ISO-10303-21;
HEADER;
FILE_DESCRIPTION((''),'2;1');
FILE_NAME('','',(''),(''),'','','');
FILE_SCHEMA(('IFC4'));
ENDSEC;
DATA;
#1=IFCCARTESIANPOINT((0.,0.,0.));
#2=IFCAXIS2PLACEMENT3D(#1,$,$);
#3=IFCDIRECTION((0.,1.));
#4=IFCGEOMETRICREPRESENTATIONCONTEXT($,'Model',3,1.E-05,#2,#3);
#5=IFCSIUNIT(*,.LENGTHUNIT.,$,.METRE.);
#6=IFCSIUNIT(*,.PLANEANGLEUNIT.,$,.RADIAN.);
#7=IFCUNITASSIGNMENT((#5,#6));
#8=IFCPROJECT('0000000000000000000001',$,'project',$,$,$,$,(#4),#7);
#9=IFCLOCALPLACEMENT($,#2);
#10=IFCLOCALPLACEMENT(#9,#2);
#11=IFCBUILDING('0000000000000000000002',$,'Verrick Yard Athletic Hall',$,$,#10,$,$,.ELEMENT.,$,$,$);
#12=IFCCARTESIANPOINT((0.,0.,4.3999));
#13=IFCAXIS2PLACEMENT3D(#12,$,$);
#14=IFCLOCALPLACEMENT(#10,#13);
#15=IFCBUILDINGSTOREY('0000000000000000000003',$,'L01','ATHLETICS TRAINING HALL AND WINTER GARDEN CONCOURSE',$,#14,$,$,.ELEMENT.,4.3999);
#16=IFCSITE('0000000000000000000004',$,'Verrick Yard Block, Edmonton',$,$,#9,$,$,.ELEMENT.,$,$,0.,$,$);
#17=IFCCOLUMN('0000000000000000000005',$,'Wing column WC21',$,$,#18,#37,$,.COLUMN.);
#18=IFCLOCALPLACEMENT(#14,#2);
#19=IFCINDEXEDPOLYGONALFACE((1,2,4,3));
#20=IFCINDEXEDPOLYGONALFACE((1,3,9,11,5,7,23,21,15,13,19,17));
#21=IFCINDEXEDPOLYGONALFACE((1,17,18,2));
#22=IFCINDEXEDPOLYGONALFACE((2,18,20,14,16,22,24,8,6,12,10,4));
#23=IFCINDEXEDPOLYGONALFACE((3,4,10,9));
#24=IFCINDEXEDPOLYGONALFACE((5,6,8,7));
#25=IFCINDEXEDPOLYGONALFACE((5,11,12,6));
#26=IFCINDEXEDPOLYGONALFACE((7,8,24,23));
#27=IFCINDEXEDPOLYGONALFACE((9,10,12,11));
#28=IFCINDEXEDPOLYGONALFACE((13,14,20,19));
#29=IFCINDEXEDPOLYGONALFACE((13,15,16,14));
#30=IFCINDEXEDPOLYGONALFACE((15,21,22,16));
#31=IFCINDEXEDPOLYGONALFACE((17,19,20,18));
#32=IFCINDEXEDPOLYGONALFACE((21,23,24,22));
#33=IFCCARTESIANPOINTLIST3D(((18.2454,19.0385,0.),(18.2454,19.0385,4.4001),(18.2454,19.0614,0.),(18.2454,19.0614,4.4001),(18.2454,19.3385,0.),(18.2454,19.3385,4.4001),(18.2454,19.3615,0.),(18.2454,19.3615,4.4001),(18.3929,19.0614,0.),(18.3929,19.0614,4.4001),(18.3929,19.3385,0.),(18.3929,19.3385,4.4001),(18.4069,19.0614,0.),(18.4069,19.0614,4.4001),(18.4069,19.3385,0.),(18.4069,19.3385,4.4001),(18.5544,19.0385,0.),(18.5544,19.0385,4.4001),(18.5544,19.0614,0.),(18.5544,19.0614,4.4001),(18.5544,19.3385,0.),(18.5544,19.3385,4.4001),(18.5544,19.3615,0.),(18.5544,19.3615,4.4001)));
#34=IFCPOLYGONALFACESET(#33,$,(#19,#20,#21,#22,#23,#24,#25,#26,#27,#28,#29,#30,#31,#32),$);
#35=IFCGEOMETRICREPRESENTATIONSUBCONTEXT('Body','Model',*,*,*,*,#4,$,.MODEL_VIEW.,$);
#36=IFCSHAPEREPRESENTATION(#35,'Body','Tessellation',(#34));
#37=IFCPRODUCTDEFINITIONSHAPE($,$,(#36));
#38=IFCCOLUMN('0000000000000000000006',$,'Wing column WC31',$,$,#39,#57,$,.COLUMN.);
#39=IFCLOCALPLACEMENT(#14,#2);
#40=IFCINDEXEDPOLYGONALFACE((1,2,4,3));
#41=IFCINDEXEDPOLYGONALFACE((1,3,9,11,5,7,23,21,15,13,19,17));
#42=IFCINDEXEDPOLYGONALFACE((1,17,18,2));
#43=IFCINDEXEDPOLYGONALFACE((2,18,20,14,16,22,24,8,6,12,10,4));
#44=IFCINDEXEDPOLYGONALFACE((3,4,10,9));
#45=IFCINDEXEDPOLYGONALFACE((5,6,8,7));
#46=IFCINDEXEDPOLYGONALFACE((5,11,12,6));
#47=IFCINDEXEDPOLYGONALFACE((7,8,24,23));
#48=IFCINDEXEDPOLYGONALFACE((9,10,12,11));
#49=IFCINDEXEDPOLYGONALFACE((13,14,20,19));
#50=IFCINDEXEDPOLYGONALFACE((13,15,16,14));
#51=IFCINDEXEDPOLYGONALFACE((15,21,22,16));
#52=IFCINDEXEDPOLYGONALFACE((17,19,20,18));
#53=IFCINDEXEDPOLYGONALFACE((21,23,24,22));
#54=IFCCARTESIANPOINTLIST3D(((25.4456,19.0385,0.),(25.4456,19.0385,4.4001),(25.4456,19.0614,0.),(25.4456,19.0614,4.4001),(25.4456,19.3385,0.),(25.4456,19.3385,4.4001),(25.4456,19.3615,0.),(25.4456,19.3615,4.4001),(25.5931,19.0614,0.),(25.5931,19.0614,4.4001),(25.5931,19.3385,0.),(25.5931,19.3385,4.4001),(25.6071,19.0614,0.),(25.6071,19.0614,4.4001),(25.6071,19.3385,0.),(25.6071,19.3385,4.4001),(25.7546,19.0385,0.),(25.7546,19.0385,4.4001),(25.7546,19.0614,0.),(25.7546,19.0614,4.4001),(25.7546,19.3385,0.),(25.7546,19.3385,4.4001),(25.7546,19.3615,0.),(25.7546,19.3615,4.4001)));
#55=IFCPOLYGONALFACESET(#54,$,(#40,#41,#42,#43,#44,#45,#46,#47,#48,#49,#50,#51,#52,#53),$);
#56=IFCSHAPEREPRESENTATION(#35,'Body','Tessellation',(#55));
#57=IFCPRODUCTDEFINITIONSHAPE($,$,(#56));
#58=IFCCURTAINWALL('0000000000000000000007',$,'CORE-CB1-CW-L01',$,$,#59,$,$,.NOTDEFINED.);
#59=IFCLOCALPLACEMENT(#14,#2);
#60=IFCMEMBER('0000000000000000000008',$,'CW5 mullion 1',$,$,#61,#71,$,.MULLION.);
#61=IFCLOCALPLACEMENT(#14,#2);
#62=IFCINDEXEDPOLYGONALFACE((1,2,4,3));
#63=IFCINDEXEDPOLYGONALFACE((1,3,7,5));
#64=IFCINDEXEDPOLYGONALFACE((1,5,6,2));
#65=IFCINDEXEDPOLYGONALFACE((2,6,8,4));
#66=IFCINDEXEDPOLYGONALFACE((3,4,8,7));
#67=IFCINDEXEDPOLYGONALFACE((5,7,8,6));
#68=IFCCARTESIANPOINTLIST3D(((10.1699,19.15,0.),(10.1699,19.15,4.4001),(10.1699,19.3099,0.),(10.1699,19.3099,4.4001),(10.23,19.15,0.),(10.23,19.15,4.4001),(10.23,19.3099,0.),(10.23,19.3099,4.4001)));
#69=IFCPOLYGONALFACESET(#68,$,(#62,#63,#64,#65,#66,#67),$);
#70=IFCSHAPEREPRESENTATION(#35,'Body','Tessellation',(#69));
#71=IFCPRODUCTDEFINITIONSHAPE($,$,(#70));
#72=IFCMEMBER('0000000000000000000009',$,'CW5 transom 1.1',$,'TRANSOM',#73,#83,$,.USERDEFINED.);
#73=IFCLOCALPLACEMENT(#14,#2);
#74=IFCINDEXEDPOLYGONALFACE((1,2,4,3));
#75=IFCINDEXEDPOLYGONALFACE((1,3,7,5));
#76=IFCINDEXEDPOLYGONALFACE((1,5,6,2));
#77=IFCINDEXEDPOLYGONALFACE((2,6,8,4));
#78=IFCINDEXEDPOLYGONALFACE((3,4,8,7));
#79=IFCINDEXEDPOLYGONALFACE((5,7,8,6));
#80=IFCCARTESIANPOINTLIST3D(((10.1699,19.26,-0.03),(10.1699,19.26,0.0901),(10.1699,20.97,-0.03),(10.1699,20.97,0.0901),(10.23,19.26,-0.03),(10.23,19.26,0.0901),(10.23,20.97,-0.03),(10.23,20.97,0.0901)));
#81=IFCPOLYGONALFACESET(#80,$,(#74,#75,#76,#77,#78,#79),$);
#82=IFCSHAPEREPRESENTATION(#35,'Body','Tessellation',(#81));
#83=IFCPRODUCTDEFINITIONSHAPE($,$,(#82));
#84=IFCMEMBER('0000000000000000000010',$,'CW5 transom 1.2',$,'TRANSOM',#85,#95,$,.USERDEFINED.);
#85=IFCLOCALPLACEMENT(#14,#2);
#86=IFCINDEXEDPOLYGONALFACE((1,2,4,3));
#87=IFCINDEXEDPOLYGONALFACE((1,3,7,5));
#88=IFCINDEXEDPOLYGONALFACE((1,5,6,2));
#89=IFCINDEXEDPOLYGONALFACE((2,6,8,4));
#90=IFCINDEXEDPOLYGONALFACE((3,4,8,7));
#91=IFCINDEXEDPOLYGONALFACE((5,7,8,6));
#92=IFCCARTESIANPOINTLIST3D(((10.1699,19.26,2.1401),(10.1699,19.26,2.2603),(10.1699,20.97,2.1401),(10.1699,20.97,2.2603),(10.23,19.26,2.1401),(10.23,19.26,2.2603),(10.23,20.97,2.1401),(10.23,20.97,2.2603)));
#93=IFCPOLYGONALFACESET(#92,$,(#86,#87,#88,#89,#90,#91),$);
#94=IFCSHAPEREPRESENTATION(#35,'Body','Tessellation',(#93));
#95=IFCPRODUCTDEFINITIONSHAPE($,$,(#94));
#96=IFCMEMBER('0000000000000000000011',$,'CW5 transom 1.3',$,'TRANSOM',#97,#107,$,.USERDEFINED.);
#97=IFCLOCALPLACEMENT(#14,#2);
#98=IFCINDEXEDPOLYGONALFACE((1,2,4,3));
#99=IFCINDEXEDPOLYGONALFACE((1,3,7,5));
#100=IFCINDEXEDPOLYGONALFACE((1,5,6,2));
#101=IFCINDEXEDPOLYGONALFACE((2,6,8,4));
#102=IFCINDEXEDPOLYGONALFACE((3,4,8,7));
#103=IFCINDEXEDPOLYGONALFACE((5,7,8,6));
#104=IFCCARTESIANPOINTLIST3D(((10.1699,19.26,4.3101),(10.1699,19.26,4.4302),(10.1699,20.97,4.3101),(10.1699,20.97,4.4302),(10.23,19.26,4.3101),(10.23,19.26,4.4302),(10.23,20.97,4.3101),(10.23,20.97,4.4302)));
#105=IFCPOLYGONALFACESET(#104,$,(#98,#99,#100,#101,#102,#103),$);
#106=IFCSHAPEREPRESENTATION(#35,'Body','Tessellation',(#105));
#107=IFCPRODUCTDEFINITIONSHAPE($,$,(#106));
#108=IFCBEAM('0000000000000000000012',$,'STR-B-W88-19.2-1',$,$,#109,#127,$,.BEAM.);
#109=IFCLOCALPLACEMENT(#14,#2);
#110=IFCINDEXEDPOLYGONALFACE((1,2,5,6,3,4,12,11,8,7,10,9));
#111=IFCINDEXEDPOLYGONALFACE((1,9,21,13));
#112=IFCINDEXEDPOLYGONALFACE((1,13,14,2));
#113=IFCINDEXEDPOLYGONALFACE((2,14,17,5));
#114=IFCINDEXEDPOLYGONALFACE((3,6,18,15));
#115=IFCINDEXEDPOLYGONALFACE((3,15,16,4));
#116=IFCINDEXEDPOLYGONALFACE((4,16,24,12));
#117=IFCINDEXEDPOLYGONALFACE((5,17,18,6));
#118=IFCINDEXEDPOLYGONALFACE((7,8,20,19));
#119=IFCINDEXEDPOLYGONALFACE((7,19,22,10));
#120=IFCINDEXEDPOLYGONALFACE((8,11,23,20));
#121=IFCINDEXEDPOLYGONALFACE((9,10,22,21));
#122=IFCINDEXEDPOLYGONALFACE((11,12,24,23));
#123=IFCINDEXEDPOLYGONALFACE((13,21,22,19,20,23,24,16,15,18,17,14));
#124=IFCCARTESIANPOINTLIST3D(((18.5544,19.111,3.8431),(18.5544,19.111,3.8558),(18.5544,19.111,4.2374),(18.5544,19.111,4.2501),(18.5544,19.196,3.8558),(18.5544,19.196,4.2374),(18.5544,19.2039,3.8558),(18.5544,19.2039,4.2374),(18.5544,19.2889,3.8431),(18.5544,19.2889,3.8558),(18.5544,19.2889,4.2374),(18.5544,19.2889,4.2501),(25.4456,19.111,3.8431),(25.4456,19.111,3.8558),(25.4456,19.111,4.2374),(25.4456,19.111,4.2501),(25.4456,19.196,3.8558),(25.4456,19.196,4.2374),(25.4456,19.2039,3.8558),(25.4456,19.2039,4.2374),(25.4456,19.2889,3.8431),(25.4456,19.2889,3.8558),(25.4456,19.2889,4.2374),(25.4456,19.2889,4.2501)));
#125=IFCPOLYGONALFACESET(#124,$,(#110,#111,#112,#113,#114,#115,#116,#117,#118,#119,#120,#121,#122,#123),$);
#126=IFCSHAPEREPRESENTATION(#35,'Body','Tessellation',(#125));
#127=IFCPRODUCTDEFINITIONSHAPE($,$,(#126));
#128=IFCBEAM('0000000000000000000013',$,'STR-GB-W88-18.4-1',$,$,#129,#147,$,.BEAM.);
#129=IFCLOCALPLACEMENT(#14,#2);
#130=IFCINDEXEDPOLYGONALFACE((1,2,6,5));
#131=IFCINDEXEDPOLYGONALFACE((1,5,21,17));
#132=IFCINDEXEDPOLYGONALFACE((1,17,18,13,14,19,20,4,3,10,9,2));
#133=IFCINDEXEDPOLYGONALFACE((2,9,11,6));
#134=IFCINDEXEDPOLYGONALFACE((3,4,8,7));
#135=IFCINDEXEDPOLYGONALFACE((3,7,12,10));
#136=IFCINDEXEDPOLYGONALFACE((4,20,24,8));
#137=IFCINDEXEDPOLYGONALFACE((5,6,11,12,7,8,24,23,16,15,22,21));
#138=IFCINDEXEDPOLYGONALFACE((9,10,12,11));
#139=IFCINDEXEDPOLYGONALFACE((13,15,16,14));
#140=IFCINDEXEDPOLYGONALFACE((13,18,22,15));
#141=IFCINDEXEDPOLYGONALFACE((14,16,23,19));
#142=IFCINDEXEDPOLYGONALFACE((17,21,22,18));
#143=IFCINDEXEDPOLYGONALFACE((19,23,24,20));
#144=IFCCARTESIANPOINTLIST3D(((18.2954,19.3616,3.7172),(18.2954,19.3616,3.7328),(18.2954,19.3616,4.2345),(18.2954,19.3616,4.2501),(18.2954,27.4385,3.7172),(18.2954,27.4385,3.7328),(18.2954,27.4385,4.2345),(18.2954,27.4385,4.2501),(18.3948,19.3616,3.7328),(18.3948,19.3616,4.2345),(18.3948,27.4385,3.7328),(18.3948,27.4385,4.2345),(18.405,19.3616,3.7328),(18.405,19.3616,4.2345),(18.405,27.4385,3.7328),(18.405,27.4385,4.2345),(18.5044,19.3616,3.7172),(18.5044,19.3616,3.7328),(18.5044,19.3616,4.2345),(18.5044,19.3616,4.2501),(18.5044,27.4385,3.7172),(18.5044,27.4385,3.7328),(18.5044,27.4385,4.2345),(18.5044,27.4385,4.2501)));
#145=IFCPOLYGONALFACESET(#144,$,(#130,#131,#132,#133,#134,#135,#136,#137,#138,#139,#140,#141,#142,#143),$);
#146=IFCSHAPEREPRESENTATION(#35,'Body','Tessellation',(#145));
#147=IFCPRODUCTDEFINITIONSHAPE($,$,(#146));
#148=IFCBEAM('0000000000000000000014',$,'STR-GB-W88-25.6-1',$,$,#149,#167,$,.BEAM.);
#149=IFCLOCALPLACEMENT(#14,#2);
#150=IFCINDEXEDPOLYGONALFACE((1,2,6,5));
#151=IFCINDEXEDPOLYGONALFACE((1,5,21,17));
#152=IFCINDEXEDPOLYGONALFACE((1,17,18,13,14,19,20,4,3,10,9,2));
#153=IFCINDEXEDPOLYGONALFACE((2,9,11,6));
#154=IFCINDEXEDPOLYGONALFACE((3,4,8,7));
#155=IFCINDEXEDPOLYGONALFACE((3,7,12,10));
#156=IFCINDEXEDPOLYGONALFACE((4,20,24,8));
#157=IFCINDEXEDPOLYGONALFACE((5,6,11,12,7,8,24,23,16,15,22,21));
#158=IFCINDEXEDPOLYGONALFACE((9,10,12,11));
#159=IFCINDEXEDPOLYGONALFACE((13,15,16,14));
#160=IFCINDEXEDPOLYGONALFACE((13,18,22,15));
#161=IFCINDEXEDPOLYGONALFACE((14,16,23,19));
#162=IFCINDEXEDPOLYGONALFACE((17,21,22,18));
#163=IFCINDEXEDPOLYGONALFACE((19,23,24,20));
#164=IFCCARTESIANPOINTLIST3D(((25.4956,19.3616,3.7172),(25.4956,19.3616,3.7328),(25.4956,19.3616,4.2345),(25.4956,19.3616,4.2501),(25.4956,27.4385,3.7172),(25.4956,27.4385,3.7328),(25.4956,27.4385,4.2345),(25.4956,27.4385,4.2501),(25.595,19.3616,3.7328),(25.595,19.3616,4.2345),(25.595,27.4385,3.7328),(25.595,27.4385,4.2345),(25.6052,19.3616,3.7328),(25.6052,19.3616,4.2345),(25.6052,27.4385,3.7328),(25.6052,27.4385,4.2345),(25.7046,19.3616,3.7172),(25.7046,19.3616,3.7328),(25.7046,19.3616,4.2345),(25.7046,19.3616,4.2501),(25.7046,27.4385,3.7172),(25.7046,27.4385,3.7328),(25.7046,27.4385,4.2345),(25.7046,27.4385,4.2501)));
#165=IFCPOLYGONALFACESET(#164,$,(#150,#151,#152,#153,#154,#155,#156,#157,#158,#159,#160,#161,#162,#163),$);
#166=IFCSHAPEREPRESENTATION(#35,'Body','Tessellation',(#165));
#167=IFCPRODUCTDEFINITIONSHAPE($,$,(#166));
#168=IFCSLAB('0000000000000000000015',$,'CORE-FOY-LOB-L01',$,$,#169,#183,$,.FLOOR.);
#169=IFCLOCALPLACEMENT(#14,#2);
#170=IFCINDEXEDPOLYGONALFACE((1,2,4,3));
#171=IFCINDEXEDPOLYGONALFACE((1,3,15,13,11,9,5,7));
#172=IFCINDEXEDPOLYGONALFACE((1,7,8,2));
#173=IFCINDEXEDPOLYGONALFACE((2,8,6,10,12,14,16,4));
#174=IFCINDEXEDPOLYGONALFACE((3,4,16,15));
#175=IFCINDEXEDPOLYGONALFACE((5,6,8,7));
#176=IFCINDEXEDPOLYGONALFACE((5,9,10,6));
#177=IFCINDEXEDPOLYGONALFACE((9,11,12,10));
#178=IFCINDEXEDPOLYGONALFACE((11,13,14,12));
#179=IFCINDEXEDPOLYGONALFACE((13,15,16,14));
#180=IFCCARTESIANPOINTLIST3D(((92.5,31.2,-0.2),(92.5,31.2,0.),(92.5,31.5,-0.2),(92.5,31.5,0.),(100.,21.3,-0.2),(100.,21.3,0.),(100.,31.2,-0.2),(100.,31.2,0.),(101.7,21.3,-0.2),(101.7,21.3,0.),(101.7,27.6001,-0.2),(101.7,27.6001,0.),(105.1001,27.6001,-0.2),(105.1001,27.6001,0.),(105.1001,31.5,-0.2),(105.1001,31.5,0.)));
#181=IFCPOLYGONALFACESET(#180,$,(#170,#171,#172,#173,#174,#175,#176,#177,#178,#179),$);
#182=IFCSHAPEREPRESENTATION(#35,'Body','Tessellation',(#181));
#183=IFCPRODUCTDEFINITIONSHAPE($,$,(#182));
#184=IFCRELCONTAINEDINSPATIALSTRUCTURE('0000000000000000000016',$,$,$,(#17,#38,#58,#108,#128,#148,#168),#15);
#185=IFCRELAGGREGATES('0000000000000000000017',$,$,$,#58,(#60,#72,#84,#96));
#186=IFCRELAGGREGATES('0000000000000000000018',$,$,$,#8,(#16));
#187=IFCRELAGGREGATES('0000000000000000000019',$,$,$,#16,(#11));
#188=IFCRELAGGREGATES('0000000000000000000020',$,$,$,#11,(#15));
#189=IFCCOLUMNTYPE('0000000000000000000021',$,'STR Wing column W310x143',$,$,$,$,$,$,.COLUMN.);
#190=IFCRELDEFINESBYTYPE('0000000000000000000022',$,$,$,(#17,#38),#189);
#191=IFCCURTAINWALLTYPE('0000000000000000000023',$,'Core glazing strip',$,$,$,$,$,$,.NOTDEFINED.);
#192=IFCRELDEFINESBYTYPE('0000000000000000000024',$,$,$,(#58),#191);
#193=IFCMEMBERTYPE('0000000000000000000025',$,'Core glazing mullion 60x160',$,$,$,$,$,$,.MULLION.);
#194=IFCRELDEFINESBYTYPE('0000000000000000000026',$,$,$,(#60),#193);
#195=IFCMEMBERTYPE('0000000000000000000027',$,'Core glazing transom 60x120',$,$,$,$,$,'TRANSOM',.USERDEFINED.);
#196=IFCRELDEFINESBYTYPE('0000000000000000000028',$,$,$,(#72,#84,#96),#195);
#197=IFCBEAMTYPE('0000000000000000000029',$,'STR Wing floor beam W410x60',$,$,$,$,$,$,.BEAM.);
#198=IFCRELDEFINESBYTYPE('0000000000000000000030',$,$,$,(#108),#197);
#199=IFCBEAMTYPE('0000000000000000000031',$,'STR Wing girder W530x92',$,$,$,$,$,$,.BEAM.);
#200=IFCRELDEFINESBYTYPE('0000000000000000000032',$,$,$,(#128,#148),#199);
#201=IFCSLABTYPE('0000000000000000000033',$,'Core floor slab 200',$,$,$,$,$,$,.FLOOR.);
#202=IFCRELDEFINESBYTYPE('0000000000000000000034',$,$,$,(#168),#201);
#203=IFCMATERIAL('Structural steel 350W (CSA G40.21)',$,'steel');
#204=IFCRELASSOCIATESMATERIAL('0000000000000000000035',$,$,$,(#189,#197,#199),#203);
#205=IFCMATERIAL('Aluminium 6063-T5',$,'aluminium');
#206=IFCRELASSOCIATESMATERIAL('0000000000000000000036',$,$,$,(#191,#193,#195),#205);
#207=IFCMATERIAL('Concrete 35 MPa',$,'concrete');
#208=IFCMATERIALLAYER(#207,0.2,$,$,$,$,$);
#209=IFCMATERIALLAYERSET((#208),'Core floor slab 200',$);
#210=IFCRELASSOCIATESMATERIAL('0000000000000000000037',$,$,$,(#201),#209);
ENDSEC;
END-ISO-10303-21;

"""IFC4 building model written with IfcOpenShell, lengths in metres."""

from ifc_helpers import new_model, si_unit, direction, frame, origin, origin_2d, place, context, subcontext, project, spatial, polyline, rectangle, i_section, outline, extrude, material, layer, layer_set, material_profile, profile_set, type_object, element, aggregate, save


model = new_model("IFC4")

# Units and contexts
model_context = context("Model", 3, precision=1e-05, world=origin(), true_north=direction((0.0, 1.0)))
body_context = subcontext(model_context, "Body", "Model", "MODEL_VIEW")
ifc_project = project(units=[si_unit("LENGTHUNIT", "METRE"), si_unit("PLANEANGLEUNIT", "RADIAN")], contexts=[model_context])

# Site, building, storey
site_placement = place(None, origin())
site = spatial("IfcSite", under=ifc_project, at=site_placement, Name="Verrick Yard Block, Edmonton", CompositionType="ELEMENT", RefElevation=0.0)
building_placement = place(site_placement, origin())
building = spatial("IfcBuilding", under=site, at=building_placement, Name="Verrick Yard Athletic Hall", CompositionType="ELEMENT")
storey_placement = place(building_placement, frame((0.0, 0.0, 4.3999)))
storey = spatial("IfcBuildingStorey", under=building, at=storey_placement, Name="L01", Description="ATHLETICS TRAINING HALL AND WINTER GARDEN CONCOURSE", CompositionType="ELEMENT", Elevation=4.3999)

# Columns
ifc_material_1 = material(Name="Structural steel 350W (CSA G40.21)", Category="steel")
ifc_material_profile_1 = material_profile(ifc_material_1, i_section(OverallWidth=0.3091, OverallDepth=0.323, WebThickness=0.0139, FlangeThickness=0.0229, at=origin_2d()), Name="W310x143")
ifc_profile_set_1 = profile_set([ifc_material_profile_1], Name="Structural steel 350W (CSA G40.21)")
column_type = type_object("IfcColumnType", Name="STR Wing column W310x143", PredefinedType="COLUMN", material=ifc_profile_set_1)
for number, where, z_axis, x_axis, name in (
    (1, (18.3999, 19.2, 0.0), (0.0, 0.0, 1.0), (1.0, 0.0, 0.0), "Wing column WC21"),
    (2, (25.6001, 19.2, 0.0), (0.0, 0.0, 1.0), (1.0, 0.0, 0.0), "Wing column WC31"),
):
    element("IfcColumn", number, at=place(storey_placement, frame(where, z_axis=z_axis, x_axis=x_axis)), inside=storey, type_object=column_type, Name=name, PredefinedType="COLUMN", context=body_context, shape_type="SweptSolid", body=[
        extrude(i_section(OverallWidth=0.3091, OverallDepth=0.323, WebThickness=0.0139, FlangeThickness=0.0229, at=origin_2d()), origin(), (0.0, 0.0, 1.0), 4.4001),
    ])

# Curtain wall, members
ifc_material_2 = material(Name="Aluminium 6063-T5", Category="aluminium")
curtain_wall_type = type_object("IfcCurtainWallType", Name="Core glazing strip", PredefinedType="NOTDEFINED", material=ifc_material_2)
curtain_wall_placement = place(storey_placement, origin())
curtain_wall = element("IfcCurtainWall", 3, at=curtain_wall_placement, inside=storey, type_object=curtain_wall_type, Name="CORE-CB1-CW-L01", PredefinedType="NOTDEFINED")
ifc_material_profile_2 = material_profile(ifc_material_2, rectangle(XDim=0.0601, YDim=0.1599, at=origin_2d()), Name="Core glazing mullion 60x160")
ifc_profile_set_2 = profile_set([ifc_material_profile_2], Name="Aluminium 6063-T5")
member_type_1 = type_object("IfcMemberType", Name="Core glazing mullion 60x160", PredefinedType="MULLION", material=ifc_profile_set_2)
member_1_placement = place(storey_placement, frame((10.2, 19.23, 0.0), z_axis=(0.0, 0.0, 1.0), x_axis=(-1.0, 0.0, 0.0)))
member_1 = element("IfcMember", 4, at=member_1_placement, type_object=member_type_1, Name="CW5 mullion 1", PredefinedType="MULLION", context=body_context, shape_type="SweptSolid", body=[
    extrude(rectangle(XDim=0.0601, YDim=0.1599, at=origin_2d()), origin(), (0.0, 0.0, 1.0), 4.4001),
])
ifc_material_profile_3 = material_profile(ifc_material_2, rectangle(XDim=0.0601, YDim=0.1201, at=origin_2d()), Name="Core glazing transom 60x120")
ifc_profile_set_3 = profile_set([ifc_material_profile_3], Name="Aluminium 6063-T5")
member_type_2 = type_object("IfcMemberType", Name="Core glazing transom 60x120", ElementType="TRANSOM", PredefinedType="USERDEFINED", material=ifc_profile_set_3)
member_2_placement = place(storey_placement, frame((10.2, 19.26, 0.03), z_axis=(0.0, 1.0, 0.0), x_axis=(-1.0, 0.0, 0.0)))
member_2 = element("IfcMember", 5, at=member_2_placement, type_object=member_type_2, Name="CW5 transom 1.1", ObjectType="TRANSOM", PredefinedType="USERDEFINED", context=body_context, shape_type="SweptSolid", body=[
    extrude(rectangle(XDim=0.0601, YDim=0.1201, at=origin_2d()), origin(), (0.0, 0.0, 1.0), 1.71),
])
member_3_placement = place(storey_placement, frame((10.2, 19.26, 2.2002), z_axis=(0.0, 1.0, 0.0), x_axis=(-1.0, 0.0, 0.0)))
member_3 = element("IfcMember", 6, at=member_3_placement, type_object=member_type_2, Name="CW5 transom 1.2", ObjectType="TRANSOM", PredefinedType="USERDEFINED", context=body_context, shape_type="SweptSolid", body=[
    extrude(rectangle(XDim=0.0601, YDim=0.1201, at=origin_2d()), origin(), (0.0, 0.0, 1.0), 1.71),
])
member_4_placement = place(storey_placement, frame((10.2, 19.26, 4.3701), z_axis=(0.0, 1.0, 0.0), x_axis=(-1.0, 0.0, 0.0)))
member_4 = element("IfcMember", 7, at=member_4_placement, type_object=member_type_2, Name="CW5 transom 1.3", ObjectType="TRANSOM", PredefinedType="USERDEFINED", context=body_context, shape_type="SweptSolid", body=[
    extrude(rectangle(XDim=0.0601, YDim=0.1201, at=origin_2d()), origin(), (0.0, 0.0, 1.0), 1.71),
])
aggregate(curtain_wall, [member_1, member_2, member_3, member_4])

# Beams
ifc_material_profile_4 = material_profile(ifc_material_1, i_section(OverallWidth=0.178, OverallDepth=0.407, WebThickness=0.0078, FlangeThickness=0.0127, at=origin_2d()), Name="W410x60")
ifc_profile_set_4 = profile_set([ifc_material_profile_4], Name="Structural steel 350W (CSA G40.21)")
beam_type_1 = type_object("IfcBeamType", Name="STR Wing floor beam W410x60", PredefinedType="BEAM", material=ifc_profile_set_4)
beam_placement = place(storey_placement, frame((18.5544, 19.2, 4.0466), z_axis=(1.0, 0.0, 0.0), x_axis=(0.0, 1.0, 0.0)))
element("IfcBeam", 8, at=beam_placement, inside=storey, type_object=beam_type_1, Name="STR-B-W88-19.2-1", PredefinedType="BEAM", context=body_context, shape_type="SweptSolid", body=[
    extrude(i_section(OverallWidth=0.178, OverallDepth=0.407, WebThickness=0.0078, FlangeThickness=0.0127, at=origin_2d()), origin(), (0.0, 0.0, 1.0), 6.8911),
])
ifc_material_profile_5 = material_profile(ifc_material_1, i_section(OverallWidth=0.209, OverallDepth=0.533, WebThickness=0.0103, FlangeThickness=0.0156, at=origin_2d()), Name="W530x92")
ifc_profile_set_5 = profile_set([ifc_material_profile_5], Name="Structural steel 350W (CSA G40.21)")
beam_type_2 = type_object("IfcBeamType", Name="STR Wing girder W530x92", PredefinedType="BEAM", material=ifc_profile_set_5)
for number, where, z_axis, x_axis, name in (
    (9, (18.3999, 19.3616, 3.9836), (0.0, 1.0, 0.0), (-1.0, 0.0, 0.0), "STR-GB-W88-18.4-1"),
    (10, (25.6001, 19.3616, 3.9836), (0.0, 1.0, 0.0), (-1.0, 0.0, 0.0), "STR-GB-W88-25.6-1"),
):
    element("IfcBeam", number, at=place(storey_placement, frame(where, z_axis=z_axis, x_axis=x_axis)), inside=storey, type_object=beam_type_2, Name=name, PredefinedType="BEAM", context=body_context, shape_type="SweptSolid", body=[
        extrude(i_section(OverallWidth=0.209, OverallDepth=0.533, WebThickness=0.0103, FlangeThickness=0.0156, at=origin_2d()), origin(), (0.0, 0.0, 1.0), 8.0769),
    ])

# Slab
ifc_material_3 = material(Name="Concrete 35 MPa", Category="concrete")
ifc_layer_1 = layer(ifc_material_3, 0.2)
ifc_layer_set_1 = layer_set([ifc_layer_1], Name="Core floor slab 200")
slab_type_1 = type_object("IfcSlabType", Name="Core floor slab 200", PredefinedType="FLOOR", material=ifc_layer_set_1)
slab_1_placement = place(storey_placement, frame((0.0, 0.0, -0.2)))
element("IfcSlab", 11, at=slab_1_placement, inside=storey, type_object=slab_type_1, Name="CORE-FOY-LOB-L01", PredefinedType="FLOOR", context=body_context, shape_type="SweptSolid", body=[
    extrude(outline(polyline([(100.0, 21.3), (101.7, 21.3), (101.7, 27.6001), (105.1001, 27.6001), (105.1001, 31.5), (92.5, 31.5), (92.5, 31.2), (100.0, 31.2), (100.0, 21.3)])), origin(), (0.0, 0.0, 1.0), 0.2),
])

save(model, "model.ifc")
